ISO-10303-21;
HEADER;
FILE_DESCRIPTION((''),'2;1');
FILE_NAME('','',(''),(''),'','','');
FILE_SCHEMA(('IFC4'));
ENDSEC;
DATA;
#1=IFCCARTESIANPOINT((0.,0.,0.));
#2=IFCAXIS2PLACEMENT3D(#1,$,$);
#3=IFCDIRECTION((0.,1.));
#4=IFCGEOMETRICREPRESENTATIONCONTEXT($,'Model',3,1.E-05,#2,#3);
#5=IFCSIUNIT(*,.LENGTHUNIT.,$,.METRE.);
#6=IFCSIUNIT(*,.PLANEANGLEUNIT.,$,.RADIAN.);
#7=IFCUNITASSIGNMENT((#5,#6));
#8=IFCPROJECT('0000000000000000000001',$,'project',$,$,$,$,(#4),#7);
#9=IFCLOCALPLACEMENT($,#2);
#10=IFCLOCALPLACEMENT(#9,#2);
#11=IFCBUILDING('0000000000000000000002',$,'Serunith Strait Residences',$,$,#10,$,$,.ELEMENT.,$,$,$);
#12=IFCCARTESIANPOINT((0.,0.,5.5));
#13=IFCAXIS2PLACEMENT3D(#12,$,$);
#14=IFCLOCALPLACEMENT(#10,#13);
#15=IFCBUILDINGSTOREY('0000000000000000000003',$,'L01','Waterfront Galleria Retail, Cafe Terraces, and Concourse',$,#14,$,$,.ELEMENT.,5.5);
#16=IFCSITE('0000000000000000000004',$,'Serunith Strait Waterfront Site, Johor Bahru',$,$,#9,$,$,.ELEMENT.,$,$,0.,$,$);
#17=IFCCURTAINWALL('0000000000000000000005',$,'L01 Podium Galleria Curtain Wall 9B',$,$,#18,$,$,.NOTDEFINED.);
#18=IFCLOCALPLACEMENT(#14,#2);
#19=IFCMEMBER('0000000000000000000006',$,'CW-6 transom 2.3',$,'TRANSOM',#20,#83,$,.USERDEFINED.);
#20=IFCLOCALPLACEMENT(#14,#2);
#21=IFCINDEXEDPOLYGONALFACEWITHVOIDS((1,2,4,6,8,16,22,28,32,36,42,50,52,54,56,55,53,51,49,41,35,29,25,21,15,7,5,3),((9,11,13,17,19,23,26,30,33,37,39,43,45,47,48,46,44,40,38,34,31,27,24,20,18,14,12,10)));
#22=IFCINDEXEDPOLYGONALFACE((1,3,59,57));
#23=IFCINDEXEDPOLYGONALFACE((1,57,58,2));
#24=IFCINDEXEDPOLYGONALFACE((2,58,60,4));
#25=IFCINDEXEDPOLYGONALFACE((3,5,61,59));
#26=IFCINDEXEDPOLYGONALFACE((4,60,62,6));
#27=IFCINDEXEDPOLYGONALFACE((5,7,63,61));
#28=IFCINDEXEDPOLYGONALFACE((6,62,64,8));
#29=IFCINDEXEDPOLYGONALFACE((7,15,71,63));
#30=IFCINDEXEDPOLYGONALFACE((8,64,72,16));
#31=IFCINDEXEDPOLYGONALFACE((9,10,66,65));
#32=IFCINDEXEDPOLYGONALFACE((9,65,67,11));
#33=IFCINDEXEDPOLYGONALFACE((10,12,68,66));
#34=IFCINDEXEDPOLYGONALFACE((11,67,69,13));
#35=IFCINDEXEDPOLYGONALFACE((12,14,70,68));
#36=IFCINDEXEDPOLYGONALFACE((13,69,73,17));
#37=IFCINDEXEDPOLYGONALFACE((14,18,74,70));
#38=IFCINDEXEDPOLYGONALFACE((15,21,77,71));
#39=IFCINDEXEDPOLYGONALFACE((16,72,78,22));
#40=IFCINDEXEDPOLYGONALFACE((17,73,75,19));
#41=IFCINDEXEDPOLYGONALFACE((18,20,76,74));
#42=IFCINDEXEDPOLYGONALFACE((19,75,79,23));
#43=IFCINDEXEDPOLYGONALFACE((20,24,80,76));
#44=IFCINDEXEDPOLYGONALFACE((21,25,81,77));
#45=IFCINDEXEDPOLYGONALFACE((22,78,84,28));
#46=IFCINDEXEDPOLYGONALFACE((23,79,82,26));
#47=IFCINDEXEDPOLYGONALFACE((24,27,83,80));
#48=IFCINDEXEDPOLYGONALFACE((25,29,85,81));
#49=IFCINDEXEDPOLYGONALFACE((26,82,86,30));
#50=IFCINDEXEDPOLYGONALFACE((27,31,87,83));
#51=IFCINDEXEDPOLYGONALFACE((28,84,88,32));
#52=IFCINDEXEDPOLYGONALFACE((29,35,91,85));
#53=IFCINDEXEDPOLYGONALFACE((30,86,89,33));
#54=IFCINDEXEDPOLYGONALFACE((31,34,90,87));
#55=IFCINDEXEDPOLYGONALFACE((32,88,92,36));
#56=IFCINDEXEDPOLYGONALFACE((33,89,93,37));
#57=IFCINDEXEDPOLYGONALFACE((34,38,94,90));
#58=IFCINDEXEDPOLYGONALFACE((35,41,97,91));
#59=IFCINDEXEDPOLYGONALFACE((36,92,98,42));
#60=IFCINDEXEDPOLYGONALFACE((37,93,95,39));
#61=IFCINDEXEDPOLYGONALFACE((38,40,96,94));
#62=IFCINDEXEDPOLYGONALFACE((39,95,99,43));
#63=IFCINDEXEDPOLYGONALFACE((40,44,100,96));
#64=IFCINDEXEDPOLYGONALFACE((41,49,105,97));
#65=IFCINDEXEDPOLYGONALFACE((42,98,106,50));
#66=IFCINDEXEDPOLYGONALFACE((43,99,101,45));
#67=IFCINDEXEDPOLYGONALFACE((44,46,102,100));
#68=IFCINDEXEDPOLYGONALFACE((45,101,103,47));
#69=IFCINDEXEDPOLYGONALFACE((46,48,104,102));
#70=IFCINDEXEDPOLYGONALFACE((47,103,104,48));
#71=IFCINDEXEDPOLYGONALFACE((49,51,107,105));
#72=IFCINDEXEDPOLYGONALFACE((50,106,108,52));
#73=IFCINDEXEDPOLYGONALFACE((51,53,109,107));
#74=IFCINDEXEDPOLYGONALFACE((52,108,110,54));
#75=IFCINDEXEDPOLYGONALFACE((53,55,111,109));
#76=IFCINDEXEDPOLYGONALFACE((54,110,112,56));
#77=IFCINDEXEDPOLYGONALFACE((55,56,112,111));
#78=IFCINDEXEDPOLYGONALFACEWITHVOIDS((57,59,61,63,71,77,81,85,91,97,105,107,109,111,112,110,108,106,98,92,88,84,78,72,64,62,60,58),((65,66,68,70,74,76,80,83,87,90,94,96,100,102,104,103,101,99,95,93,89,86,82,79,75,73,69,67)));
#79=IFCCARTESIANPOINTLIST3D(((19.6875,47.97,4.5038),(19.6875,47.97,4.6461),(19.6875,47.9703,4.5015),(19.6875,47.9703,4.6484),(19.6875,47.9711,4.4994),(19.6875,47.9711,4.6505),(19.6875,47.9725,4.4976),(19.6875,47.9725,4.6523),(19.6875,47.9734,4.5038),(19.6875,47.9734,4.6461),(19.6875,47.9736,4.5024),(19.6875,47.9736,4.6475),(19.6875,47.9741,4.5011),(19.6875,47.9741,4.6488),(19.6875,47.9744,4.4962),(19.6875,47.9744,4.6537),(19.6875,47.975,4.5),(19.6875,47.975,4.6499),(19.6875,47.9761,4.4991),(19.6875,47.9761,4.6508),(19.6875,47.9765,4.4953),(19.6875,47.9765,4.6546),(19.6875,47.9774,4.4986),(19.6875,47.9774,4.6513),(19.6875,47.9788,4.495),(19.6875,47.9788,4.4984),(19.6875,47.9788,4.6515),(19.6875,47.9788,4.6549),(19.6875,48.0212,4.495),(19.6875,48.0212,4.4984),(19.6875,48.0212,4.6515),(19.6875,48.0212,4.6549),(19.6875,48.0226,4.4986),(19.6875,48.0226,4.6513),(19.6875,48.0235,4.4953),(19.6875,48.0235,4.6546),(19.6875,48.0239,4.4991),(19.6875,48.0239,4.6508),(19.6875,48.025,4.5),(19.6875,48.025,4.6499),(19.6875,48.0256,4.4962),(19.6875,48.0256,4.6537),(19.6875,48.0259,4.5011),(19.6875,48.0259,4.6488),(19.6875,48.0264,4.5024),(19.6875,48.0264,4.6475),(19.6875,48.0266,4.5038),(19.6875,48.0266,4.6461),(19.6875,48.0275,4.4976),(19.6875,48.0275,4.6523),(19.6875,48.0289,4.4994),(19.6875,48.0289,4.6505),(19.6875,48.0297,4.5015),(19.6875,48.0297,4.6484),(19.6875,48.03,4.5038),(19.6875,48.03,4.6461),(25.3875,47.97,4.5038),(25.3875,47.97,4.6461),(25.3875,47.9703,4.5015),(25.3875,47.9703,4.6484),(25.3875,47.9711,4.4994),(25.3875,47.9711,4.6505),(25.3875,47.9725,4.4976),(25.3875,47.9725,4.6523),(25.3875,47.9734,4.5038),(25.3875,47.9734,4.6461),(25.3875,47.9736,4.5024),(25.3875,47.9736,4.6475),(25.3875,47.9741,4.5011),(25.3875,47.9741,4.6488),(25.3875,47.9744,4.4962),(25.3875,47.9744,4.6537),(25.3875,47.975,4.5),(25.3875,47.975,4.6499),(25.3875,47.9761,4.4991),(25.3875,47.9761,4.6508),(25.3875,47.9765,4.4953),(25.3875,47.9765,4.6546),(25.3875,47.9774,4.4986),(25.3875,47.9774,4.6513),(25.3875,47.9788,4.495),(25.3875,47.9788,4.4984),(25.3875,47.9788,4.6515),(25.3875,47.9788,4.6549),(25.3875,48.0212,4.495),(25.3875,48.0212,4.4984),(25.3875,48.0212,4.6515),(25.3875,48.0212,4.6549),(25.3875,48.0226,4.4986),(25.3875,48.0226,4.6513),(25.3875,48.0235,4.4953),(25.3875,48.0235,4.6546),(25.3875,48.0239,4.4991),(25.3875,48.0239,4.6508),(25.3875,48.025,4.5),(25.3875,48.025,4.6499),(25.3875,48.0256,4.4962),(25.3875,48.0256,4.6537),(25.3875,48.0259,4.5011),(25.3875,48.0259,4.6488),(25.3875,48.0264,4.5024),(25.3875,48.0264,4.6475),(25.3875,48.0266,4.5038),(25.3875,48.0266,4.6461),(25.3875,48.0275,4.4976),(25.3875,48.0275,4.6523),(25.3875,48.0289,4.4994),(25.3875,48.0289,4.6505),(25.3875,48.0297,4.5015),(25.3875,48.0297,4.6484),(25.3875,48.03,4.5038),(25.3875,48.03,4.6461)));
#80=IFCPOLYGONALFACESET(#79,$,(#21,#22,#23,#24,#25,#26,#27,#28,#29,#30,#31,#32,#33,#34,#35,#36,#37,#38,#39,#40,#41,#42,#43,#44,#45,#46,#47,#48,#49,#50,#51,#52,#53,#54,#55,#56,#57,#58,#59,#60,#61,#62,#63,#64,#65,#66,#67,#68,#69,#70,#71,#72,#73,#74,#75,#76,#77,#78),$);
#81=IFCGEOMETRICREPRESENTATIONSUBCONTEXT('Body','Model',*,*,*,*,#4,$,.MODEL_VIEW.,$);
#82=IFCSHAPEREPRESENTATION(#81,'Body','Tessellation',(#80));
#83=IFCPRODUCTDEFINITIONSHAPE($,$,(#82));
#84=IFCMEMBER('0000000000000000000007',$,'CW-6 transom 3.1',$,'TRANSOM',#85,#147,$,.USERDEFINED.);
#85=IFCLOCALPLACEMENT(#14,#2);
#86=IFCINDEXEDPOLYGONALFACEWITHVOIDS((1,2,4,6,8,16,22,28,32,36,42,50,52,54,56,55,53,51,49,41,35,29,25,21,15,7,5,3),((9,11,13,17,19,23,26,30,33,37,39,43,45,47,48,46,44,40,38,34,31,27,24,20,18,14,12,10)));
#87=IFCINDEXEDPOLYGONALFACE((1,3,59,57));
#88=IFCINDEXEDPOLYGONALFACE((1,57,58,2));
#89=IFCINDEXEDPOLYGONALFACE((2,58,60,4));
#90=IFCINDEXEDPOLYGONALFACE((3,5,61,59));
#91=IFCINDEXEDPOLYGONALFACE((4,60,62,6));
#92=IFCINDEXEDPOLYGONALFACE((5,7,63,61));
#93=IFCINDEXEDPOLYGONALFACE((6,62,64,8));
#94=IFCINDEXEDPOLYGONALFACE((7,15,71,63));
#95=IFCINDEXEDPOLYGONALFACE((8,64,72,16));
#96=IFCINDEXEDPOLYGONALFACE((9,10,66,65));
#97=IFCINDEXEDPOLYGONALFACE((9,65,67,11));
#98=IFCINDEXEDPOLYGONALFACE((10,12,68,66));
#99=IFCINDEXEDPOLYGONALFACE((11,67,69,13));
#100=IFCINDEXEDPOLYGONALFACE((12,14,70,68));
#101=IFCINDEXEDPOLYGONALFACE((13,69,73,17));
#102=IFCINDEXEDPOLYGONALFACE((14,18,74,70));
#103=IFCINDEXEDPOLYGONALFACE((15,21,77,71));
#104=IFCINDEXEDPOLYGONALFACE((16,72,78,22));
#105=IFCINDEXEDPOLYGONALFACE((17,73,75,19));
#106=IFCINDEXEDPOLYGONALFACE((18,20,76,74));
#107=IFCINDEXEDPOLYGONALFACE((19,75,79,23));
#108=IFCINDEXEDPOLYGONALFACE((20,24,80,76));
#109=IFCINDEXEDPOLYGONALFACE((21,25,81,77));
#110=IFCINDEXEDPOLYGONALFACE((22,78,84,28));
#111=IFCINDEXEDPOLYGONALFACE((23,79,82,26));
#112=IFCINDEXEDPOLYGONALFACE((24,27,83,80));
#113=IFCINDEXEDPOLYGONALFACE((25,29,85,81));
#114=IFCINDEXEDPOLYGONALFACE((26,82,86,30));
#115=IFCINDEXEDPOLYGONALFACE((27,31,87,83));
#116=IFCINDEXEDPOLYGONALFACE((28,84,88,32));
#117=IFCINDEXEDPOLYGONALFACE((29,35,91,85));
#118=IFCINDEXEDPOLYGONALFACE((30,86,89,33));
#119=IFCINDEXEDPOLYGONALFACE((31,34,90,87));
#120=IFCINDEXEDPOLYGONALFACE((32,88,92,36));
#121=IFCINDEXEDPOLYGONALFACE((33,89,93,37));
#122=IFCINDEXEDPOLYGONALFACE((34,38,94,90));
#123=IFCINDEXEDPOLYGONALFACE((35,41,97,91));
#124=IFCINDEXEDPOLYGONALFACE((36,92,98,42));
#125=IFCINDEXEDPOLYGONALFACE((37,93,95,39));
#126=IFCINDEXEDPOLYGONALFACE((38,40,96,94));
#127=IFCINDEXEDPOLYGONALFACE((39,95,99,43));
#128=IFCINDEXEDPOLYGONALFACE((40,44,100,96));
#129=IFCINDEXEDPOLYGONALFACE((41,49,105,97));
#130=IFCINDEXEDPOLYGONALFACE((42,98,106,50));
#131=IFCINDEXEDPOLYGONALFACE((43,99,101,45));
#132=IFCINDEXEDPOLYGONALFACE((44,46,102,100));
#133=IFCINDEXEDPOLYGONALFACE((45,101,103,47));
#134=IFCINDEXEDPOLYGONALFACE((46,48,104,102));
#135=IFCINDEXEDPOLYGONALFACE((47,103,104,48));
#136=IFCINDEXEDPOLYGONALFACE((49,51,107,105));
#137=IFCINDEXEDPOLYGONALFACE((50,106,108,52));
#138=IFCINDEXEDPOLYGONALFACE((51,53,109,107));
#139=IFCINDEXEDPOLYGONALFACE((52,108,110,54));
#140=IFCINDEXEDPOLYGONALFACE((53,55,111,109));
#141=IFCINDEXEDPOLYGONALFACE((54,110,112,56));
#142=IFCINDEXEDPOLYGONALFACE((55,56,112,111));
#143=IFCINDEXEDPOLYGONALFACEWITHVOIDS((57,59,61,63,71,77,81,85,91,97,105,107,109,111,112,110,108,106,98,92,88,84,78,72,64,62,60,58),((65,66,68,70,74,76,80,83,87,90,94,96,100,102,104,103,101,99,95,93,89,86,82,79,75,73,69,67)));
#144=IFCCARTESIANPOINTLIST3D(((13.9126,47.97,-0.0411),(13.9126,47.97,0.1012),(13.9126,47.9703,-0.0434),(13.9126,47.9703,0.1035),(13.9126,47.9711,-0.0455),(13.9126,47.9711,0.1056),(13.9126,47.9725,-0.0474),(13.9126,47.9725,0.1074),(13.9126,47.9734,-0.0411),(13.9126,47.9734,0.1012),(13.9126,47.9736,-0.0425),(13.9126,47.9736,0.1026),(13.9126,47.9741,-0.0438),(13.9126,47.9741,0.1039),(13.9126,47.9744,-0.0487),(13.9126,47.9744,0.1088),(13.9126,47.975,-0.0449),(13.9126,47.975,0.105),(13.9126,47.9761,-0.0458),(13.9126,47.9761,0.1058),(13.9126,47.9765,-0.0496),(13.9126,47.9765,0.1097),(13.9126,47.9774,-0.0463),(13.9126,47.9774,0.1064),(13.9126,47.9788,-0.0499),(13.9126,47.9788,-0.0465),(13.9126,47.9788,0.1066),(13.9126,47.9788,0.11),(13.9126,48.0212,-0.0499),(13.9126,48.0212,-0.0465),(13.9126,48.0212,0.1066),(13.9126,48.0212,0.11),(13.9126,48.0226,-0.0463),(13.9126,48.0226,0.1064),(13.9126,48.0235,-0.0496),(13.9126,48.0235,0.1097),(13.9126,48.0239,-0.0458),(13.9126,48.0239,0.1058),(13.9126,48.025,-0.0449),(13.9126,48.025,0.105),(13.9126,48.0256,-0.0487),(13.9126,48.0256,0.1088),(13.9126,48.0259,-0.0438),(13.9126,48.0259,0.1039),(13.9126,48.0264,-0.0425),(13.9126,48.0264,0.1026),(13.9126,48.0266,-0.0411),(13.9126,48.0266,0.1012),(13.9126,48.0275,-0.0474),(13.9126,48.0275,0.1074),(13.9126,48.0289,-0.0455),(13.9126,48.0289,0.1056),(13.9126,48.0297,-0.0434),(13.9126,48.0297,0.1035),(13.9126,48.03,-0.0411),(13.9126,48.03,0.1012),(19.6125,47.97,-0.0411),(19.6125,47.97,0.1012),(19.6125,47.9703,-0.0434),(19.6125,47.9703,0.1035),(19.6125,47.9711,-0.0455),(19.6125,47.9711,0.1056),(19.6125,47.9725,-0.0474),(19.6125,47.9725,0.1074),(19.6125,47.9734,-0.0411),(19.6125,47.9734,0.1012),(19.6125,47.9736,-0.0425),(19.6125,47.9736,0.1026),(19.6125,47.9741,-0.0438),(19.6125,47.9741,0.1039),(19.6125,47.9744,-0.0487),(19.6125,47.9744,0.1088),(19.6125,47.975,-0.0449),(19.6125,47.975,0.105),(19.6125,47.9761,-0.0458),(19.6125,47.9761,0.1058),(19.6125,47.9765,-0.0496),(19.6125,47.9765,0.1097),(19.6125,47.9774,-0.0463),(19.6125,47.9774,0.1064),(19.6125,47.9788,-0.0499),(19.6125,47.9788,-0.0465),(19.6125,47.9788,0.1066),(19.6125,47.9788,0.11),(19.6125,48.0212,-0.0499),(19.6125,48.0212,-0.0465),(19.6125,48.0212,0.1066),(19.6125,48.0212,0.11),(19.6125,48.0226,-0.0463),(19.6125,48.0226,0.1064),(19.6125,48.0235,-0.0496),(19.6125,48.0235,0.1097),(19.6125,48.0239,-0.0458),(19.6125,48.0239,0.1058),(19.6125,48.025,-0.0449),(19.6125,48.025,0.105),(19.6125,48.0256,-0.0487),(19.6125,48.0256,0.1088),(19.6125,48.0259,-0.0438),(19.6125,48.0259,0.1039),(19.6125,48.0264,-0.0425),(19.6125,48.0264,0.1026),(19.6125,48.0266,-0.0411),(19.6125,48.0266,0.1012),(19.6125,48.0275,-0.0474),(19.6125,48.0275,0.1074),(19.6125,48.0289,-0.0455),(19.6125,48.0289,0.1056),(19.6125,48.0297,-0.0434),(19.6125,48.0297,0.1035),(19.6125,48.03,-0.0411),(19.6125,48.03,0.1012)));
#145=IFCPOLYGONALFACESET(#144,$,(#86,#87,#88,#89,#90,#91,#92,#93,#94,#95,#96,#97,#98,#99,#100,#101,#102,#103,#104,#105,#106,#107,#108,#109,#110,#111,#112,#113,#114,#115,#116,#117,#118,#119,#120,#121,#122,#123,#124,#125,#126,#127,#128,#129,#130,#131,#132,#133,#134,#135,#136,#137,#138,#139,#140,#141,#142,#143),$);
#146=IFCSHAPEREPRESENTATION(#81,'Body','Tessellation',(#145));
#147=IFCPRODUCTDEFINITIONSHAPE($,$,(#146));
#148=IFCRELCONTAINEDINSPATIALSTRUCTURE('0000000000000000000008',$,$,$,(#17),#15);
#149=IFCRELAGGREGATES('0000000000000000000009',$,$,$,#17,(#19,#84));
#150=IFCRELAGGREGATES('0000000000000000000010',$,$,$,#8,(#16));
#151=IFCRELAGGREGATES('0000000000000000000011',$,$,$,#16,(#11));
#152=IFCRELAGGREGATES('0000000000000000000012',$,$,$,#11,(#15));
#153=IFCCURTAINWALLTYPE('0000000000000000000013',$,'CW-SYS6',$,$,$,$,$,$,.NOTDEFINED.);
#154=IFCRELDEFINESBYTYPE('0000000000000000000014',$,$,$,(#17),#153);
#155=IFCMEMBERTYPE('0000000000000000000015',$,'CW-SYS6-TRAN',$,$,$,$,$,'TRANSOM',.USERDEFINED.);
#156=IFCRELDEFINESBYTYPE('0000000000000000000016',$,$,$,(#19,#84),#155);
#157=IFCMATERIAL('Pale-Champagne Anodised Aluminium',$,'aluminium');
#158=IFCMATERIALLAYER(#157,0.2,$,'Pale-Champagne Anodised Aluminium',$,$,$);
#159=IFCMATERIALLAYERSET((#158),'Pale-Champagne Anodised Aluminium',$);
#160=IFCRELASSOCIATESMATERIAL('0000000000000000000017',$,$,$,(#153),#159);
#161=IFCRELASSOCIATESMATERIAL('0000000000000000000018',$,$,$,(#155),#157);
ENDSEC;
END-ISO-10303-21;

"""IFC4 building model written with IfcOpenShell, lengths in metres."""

from ifc_helpers import new_model, si_unit, direction, frame, origin, origin_2d, place, context, subcontext, project, spatial, hollow_rectangle, extrude, source, transform, mapped, material, layer, layer_set, material_profile, profile_set, type_object, element, aggregate, save


model = new_model("IFC4")

# Units and contexts
model_context = context("Model", 3, precision=1e-05, world=origin(), true_north=direction((0.0, 1.0)))
body_context = subcontext(model_context, "Body", "Model", "MODEL_VIEW")
ifc_project = project(units=[si_unit("LENGTHUNIT", "METRE"), si_unit("PLANEANGLEUNIT", "RADIAN")], contexts=[model_context])

# Site, building, storey
site_placement = place(None, origin())
site = spatial("IfcSite", under=ifc_project, at=site_placement, Name="Serunith Strait Waterfront Site, Johor Bahru", CompositionType="ELEMENT", RefElevation=0.0)
building_placement = place(site_placement, origin())
building = spatial("IfcBuilding", under=site, at=building_placement, Name="Serunith Strait Residences", CompositionType="ELEMENT")
storey_placement = place(building_placement, frame((0.0, 0.0, 5.5)))
storey = spatial("IfcBuildingStorey", under=building, at=storey_placement, Name="L01", Description="Waterfront Galleria Retail, Cafe Terraces, and Concourse", CompositionType="ELEMENT", Elevation=5.5)

# Curtain wall, members
ifc_material_1 = material(Name="Pale-Champagne Anodised Aluminium", Category="aluminium")
ifc_layer_1 = layer(ifc_material_1, 0.2, Name="Pale-Champagne Anodised Aluminium")
ifc_layer_set_1 = layer_set([ifc_layer_1], Name="Pale-Champagne Anodised Aluminium")
curtain_wall_type = type_object("IfcCurtainWallType", Name="CW-SYS6", PredefinedType="NOTDEFINED", material=ifc_layer_set_1)
curtain_wall_placement = place(storey_placement, origin())
curtain_wall = element("IfcCurtainWall", 1, at=curtain_wall_placement, inside=storey, type_object=curtain_wall_type, Name="L01 Podium Galleria Curtain Wall 9B", PredefinedType="NOTDEFINED")
ifc_material_profile_1 = material_profile(ifc_material_1, hollow_rectangle(XDim=0.0601, YDim=0.1599, WallThickness=0.0034, InnerFilletRadius=0.0054, OuterFilletRadius=0.0088, at=origin_2d()), Name="ALU 160x60x3.5")
ifc_profile_set_1 = profile_set([ifc_material_profile_1], Name="Pale-Champagne Anodised Aluminium")
member_type_1 = type_object("IfcMemberType", Name="CW-SYS6-TRAN", ElementType="TRANSOM", PredefinedType="USERDEFINED", material=ifc_profile_set_1)
shared_shape_1 = source(origin(), body_context, "Body", "SweptSolid", [
    extrude(hollow_rectangle(XDim=0.0601, YDim=0.1599, WallThickness=0.0034, InnerFilletRadius=0.0054, OuterFilletRadius=0.0088, at=origin_2d()), origin(), (0.0, 0.0, 1.0), 5.7),
])
member_1_placement = place(storey_placement, frame((25.3875, 48.0, 4.575), z_axis=(-1.0, 0.0, 0.0), x_axis=(0.0, -1.0, 0.0)))
member_1 = element("IfcMember", 2, at=member_1_placement, type_object=member_type_1, Name="CW-6 transom 2.3", ObjectType="TRANSOM", PredefinedType="USERDEFINED", context=body_context, shape_type="MappedRepresentation", body=[
    mapped(shared_shape_1, transform((0.0, 0.0, 0.0), scale=1.0)),
])
member_2_placement = place(storey_placement, frame((19.6125, 48.0, 0.03), z_axis=(-1.0, 0.0, 0.0), x_axis=(0.0, -1.0, 0.0)))
member_2 = element("IfcMember", 3, at=member_2_placement, type_object=member_type_1, Name="CW-6 transom 3.1", ObjectType="TRANSOM", PredefinedType="USERDEFINED", context=body_context, shape_type="MappedRepresentation", body=[
    mapped(shared_shape_1, transform((0.0, 0.0, 0.0), scale=1.0)),
])
aggregate(curtain_wall, [member_1, member_2])

save(model, "model.ifc")
